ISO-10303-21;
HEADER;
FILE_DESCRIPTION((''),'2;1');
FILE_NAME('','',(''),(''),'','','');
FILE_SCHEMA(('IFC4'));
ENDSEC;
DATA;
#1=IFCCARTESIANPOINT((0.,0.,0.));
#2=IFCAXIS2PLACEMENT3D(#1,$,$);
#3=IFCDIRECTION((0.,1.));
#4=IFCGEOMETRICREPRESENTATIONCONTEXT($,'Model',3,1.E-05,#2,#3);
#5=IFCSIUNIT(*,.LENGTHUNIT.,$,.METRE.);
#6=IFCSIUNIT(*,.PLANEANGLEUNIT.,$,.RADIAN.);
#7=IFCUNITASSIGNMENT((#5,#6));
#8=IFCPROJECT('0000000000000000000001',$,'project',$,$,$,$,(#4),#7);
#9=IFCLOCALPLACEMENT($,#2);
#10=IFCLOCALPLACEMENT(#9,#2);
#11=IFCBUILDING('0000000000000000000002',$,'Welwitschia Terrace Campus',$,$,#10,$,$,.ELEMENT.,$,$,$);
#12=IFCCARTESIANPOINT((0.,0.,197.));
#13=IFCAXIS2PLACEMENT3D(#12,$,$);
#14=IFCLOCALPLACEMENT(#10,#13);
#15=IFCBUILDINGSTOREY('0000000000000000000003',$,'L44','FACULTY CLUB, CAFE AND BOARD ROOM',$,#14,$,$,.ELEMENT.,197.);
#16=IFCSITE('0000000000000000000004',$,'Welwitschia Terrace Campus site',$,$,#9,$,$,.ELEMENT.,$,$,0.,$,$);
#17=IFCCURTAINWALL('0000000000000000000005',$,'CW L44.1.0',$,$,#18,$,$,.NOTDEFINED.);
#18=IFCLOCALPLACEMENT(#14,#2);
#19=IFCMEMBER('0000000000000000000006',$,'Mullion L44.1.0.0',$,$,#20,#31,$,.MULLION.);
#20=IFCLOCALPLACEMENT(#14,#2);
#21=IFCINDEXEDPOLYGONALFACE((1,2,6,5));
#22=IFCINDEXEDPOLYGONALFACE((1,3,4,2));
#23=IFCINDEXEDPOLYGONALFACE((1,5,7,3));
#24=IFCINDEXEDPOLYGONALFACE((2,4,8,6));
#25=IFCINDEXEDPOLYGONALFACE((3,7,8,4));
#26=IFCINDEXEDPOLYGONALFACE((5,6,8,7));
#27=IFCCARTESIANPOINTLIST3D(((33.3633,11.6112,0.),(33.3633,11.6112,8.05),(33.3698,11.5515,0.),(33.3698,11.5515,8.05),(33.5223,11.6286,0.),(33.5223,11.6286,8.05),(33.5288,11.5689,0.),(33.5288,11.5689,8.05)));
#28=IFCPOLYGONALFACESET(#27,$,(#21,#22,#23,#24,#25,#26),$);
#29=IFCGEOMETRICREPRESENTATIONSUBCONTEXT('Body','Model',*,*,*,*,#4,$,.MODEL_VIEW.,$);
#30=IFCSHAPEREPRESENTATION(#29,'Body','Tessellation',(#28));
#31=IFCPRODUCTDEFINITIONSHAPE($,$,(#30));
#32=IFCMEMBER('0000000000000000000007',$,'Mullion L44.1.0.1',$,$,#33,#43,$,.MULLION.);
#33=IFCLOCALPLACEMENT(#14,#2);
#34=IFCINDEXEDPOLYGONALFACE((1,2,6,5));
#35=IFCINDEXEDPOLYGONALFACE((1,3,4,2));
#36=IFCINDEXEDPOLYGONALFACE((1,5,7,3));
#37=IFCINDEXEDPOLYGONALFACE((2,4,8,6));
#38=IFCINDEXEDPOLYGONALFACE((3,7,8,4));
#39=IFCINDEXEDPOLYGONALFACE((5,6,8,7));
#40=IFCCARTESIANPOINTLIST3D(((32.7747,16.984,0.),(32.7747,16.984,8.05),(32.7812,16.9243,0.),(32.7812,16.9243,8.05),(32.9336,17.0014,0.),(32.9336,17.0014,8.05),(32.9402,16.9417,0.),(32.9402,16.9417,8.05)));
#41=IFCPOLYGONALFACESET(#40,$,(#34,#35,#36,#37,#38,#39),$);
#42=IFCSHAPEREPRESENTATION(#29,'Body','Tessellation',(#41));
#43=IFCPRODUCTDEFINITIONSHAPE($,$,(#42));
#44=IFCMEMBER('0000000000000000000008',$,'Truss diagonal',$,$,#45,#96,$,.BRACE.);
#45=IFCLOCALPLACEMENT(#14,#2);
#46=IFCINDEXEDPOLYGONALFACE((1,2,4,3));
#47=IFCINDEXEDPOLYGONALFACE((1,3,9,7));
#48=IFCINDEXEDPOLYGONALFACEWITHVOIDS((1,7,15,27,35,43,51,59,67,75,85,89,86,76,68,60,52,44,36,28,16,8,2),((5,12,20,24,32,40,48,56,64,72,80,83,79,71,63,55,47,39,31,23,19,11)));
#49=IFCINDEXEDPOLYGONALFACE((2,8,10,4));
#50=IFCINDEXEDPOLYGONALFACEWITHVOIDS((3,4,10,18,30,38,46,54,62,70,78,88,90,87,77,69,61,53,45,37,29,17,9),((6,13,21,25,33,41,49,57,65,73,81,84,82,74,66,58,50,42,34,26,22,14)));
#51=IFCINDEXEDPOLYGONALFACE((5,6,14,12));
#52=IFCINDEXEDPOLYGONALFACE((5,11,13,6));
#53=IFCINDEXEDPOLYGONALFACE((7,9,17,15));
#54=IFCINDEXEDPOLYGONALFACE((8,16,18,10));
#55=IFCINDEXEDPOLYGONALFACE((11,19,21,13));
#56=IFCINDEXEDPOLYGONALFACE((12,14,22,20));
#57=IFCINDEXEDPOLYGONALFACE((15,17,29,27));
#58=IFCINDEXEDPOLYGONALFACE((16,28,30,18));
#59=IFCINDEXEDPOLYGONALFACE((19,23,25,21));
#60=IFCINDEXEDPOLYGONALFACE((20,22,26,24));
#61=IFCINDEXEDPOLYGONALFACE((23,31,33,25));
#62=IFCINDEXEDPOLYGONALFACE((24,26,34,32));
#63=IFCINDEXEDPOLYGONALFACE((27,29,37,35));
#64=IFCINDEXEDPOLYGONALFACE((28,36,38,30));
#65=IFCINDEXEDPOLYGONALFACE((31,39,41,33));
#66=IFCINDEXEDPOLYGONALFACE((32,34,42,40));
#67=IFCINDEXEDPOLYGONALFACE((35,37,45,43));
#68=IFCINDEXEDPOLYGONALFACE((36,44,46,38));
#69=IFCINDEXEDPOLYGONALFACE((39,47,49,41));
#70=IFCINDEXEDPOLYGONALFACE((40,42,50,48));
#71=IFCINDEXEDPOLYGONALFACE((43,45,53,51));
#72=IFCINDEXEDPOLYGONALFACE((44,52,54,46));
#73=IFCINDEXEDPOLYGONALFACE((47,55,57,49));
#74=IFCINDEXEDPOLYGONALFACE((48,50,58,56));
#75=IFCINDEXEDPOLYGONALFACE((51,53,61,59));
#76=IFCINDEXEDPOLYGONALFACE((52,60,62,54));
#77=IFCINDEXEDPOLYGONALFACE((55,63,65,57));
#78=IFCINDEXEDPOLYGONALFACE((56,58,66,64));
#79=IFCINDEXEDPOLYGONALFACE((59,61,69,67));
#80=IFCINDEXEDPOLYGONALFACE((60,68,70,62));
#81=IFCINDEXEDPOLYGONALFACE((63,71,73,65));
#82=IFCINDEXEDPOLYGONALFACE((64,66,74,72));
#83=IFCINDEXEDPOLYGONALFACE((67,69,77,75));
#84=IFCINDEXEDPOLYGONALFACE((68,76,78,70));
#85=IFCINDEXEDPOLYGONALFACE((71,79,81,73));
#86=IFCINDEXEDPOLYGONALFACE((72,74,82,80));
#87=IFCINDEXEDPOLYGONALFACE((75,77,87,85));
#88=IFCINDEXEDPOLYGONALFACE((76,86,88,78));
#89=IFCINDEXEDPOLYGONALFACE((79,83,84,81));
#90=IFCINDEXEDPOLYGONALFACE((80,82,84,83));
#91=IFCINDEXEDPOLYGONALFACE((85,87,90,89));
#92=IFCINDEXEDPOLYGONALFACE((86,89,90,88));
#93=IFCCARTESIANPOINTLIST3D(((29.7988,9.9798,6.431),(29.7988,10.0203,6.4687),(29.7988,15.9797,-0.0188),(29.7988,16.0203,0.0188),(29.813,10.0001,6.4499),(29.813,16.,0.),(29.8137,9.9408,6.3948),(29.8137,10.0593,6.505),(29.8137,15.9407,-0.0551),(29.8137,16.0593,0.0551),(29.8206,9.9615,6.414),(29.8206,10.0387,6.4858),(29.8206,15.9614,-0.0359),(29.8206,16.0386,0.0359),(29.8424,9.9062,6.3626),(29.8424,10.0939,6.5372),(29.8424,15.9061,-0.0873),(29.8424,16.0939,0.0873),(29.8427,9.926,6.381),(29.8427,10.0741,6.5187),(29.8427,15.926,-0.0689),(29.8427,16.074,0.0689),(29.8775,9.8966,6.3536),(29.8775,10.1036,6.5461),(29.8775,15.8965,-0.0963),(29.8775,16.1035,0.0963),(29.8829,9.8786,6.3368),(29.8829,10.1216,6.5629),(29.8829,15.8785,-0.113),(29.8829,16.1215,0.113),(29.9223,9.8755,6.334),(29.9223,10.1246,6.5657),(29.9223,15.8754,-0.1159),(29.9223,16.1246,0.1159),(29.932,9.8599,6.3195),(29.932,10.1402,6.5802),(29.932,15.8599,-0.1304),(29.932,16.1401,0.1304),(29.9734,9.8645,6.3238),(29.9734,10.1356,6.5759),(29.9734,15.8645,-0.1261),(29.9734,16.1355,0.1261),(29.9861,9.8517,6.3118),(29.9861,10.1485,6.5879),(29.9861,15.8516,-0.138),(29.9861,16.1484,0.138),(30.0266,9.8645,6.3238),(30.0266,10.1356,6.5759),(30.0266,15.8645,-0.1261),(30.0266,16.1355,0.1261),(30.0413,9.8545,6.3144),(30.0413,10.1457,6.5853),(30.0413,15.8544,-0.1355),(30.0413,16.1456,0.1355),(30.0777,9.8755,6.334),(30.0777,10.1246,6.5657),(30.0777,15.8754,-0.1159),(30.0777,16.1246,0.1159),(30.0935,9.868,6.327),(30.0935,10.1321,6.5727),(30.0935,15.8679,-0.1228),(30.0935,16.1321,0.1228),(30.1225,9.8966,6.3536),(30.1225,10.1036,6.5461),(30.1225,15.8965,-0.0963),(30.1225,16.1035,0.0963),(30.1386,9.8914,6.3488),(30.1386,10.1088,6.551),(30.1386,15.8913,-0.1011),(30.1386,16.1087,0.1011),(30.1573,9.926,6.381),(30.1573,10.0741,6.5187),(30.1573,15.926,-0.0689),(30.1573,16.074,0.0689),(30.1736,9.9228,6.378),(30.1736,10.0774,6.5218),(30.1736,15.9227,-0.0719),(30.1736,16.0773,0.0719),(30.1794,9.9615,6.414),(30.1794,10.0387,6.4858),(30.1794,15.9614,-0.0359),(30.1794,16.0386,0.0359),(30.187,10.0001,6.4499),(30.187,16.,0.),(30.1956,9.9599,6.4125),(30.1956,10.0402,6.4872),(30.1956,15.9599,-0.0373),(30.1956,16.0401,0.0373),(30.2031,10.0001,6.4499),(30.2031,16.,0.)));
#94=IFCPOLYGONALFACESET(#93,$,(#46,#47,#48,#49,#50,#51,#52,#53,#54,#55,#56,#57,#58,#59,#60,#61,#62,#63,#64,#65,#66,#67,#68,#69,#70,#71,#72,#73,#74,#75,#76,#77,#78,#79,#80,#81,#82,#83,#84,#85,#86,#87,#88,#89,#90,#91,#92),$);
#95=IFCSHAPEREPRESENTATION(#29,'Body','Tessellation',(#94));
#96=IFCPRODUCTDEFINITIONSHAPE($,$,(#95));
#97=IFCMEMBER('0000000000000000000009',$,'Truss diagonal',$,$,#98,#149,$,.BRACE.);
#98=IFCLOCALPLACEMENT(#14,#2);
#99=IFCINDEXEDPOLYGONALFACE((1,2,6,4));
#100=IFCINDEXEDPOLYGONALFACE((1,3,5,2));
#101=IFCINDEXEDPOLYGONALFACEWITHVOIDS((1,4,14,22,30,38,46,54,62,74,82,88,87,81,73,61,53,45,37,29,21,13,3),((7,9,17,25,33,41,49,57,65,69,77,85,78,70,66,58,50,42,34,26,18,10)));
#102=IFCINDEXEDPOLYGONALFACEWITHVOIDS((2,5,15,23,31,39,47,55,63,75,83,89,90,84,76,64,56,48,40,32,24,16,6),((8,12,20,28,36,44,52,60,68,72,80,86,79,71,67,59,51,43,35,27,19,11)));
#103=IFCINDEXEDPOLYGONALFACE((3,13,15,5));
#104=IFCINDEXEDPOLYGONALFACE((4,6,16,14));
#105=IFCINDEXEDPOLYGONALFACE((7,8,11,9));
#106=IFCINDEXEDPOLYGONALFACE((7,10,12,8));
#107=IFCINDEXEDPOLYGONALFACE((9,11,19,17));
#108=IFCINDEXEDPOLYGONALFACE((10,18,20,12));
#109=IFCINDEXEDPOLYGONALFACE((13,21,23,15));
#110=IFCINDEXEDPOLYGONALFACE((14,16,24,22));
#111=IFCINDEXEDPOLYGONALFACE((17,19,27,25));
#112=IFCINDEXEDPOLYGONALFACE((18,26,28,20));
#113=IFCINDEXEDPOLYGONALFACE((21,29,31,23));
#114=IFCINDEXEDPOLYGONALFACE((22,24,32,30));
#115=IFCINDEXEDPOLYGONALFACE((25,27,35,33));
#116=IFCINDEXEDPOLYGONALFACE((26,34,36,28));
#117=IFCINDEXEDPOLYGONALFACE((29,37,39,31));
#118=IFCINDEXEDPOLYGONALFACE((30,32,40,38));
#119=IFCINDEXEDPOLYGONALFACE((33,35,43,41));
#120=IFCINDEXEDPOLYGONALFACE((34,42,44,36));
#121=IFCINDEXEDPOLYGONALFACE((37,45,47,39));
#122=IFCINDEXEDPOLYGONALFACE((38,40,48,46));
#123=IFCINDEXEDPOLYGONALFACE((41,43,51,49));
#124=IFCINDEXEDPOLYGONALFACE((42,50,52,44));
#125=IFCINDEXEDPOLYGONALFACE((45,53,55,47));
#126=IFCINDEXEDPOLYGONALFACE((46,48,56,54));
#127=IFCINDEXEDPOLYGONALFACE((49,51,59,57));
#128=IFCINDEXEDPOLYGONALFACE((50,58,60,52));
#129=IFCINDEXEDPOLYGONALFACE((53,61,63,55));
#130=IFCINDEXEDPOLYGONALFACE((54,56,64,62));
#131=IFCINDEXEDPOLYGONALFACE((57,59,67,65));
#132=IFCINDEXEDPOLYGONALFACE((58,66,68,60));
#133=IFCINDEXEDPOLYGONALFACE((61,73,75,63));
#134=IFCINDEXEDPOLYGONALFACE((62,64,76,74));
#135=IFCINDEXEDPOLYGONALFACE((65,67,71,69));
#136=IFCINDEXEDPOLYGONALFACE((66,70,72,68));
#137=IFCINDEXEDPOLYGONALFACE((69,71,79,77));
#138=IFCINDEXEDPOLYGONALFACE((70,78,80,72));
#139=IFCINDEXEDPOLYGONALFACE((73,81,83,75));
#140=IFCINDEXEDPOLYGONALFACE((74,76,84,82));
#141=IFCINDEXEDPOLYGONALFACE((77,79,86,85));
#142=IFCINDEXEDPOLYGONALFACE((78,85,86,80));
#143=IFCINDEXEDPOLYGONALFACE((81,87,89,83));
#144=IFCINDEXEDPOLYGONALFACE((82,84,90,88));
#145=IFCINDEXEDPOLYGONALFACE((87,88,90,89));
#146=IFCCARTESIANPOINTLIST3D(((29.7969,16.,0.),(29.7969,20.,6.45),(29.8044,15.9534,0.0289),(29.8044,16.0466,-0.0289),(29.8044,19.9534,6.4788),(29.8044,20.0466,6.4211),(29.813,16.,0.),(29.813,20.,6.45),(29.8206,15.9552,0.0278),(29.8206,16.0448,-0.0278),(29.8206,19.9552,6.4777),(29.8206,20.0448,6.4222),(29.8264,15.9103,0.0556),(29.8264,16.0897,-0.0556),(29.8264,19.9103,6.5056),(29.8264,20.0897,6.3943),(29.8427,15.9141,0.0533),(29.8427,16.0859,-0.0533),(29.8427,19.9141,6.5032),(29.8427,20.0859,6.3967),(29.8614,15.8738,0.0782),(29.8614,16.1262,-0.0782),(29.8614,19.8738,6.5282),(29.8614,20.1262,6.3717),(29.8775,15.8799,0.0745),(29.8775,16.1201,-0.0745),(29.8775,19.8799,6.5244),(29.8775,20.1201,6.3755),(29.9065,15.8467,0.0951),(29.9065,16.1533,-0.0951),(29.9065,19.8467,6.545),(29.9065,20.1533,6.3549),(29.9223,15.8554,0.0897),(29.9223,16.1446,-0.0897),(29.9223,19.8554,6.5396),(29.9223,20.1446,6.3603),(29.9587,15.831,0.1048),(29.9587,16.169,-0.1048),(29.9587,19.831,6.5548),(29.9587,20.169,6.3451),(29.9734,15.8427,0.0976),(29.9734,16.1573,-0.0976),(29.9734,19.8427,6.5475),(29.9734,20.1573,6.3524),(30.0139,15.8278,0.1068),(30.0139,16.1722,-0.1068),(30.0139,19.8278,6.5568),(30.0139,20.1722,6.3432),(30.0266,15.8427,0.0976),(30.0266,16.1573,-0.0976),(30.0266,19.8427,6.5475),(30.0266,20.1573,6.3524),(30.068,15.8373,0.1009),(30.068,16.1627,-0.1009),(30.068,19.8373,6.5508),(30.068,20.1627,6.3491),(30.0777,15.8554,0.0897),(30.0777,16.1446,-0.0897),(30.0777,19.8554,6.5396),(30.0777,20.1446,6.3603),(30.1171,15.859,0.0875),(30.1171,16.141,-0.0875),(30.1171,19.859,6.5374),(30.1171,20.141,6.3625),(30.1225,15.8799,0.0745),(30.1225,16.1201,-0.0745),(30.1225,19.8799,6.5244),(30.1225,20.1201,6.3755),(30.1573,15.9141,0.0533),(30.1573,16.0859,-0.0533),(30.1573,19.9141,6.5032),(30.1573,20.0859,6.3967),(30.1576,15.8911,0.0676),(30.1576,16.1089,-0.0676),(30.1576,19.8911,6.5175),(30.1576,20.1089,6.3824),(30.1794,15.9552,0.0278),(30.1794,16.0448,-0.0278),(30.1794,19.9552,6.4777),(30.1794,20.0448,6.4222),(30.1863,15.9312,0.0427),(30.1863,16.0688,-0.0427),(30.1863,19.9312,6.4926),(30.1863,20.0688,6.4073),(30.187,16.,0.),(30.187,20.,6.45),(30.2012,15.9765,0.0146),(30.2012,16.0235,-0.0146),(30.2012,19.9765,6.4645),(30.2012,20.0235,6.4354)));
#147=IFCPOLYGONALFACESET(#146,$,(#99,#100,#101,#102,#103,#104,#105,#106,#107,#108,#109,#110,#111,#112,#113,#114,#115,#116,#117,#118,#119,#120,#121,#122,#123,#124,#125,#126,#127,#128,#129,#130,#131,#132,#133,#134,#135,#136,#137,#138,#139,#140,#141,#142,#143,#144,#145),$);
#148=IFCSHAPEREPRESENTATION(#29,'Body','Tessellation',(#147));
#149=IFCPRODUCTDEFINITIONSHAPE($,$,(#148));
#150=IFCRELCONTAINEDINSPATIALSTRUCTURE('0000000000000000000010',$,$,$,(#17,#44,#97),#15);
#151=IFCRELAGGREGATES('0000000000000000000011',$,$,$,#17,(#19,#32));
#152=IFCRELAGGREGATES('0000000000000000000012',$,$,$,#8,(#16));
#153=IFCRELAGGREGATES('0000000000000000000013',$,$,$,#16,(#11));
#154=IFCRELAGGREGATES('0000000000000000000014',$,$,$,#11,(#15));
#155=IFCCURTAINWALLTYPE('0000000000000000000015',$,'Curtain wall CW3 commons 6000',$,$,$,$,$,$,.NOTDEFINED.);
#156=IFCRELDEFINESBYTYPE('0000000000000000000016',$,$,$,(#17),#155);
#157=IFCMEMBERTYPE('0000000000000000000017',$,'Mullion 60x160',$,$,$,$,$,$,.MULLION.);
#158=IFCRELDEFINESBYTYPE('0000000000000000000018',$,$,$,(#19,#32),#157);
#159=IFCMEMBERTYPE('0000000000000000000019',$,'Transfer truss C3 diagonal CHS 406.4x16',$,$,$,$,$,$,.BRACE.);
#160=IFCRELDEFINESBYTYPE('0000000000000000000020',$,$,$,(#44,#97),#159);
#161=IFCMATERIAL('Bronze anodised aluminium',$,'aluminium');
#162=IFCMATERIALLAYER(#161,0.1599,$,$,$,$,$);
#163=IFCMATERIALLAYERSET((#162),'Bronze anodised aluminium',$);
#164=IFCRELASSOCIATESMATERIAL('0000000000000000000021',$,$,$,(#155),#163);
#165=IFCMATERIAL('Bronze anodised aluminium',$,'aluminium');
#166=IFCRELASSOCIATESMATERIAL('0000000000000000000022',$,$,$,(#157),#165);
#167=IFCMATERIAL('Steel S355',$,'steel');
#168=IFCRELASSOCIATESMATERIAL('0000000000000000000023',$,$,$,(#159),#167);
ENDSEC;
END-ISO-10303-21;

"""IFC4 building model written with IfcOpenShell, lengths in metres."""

from ifc_helpers import new_model, si_unit, direction, frame, origin, origin_2d, place, context, subcontext, project, spatial, rectangle, hollow_circle, extrude, material, layer, layer_set, material_profile, profile_set, type_object, element, aggregate, save


model = new_model("IFC4")

# Units and contexts
model_context = context("Model", 3, precision=1e-05, world=origin(), true_north=direction((0.0, 1.0)))
body_context = subcontext(model_context, "Body", "Model", "MODEL_VIEW")
ifc_project = project(units=[si_unit("LENGTHUNIT", "METRE"), si_unit("PLANEANGLEUNIT", "RADIAN")], contexts=[model_context])

# Site, building, storey
site_placement = place(None, origin())
site = spatial("IfcSite", under=ifc_project, at=site_placement, Name="Welwitschia Terrace Campus site", CompositionType="ELEMENT", RefElevation=0.0)
building_placement = place(site_placement, origin())
building = spatial("IfcBuilding", under=site, at=building_placement, Name="Welwitschia Terrace Campus", CompositionType="ELEMENT")
storey_placement = place(building_placement, frame((0.0, 0.0, 197.0)))
storey = spatial("IfcBuildingStorey", under=building, at=storey_placement, Name="L44", Description="FACULTY CLUB, CAFE AND BOARD ROOM", CompositionType="ELEMENT", Elevation=197.0)

# Curtain wall, members
ifc_material_1 = material(Name="Bronze anodised aluminium", Category="aluminium")
ifc_layer_1 = layer(ifc_material_1, 0.1599)
ifc_layer_set_1 = layer_set([ifc_layer_1], Name="Bronze anodised aluminium")
curtain_wall_type = type_object("IfcCurtainWallType", Name="Curtain wall CW3 commons 6000", PredefinedType="NOTDEFINED", material=ifc_layer_set_1)
curtain_wall_placement = place(storey_placement, origin())
curtain_wall = element("IfcCurtainWall", 1, at=curtain_wall_placement, inside=storey, type_object=curtain_wall_type, Name="CW L44.1.0", PredefinedType="NOTDEFINED")
ifc_material_2 = material(Name="Bronze anodised aluminium", Category="aluminium")
ifc_material_profile_1 = material_profile(ifc_material_2, rectangle(XDim=0.1599, YDim=0.0601, at=origin_2d()))
ifc_profile_set_1 = profile_set([ifc_material_profile_1], Name="Bronze anodised aluminium")
member_type_1 = type_object("IfcMemberType", Name="Mullion 60x160", PredefinedType="MULLION", material=ifc_profile_set_1)
member_1_placement = place(storey_placement, frame((33.446, 11.5901, 0.0), z_axis=(0.0, 0.0, 1.0), x_axis=(-0.994056, -0.108867, 0.0)))
member_1 = element("IfcMember", 2, at=member_1_placement, type_object=member_type_1, Name="Mullion L44.1.0.0", PredefinedType="MULLION", context=body_context, shape_type="SweptSolid", body=[
    extrude(rectangle(XDim=0.1599, YDim=0.0601, at=origin_2d()), origin(), (0.0, 0.0, 1.0), 8.05),
])
member_2_placement = place(storey_placement, frame((32.8574, 16.9629, 0.0), z_axis=(0.0, 0.0, 1.0), x_axis=(-0.994056, -0.108867, 0.0)))
member_2 = element("IfcMember", 3, at=member_2_placement, type_object=member_type_1, Name="Mullion L44.1.0.1", PredefinedType="MULLION", context=body_context, shape_type="SweptSolid", body=[
    extrude(rectangle(XDim=0.1599, YDim=0.0601, at=origin_2d()), origin(), (0.0, 0.0, 1.0), 8.05),
])

# Members
ifc_material_3 = material(Name="Steel S355", Category="steel")
ifc_material_profile_2 = material_profile(ifc_material_3, hollow_circle(Radius=0.2031, WallThickness=0.0161, at=origin_2d()))
ifc_profile_set_2 = profile_set([ifc_material_profile_2], Name="Steel S355")
member_type_2 = type_object("IfcMemberType", Name="Transfer truss C3 diagonal CHS 406.4x16", PredefinedType="BRACE", material=ifc_profile_set_2)
member_3_placement = place(storey_placement, frame((30.0, 16.0, 0.0), z_axis=(0.0, -0.681107, 0.732184), x_axis=(1.0, 0.0, 0.0)))
element("IfcMember", 4, at=member_3_placement, inside=storey, type_object=member_type_2, Name="Truss diagonal", PredefinedType="BRACE", context=body_context, shape_type="SweptSolid", body=[
    extrude(hollow_circle(Radius=0.2031, WallThickness=0.0161, at=origin_2d()), origin(), (0.0, 0.0, 1.0), 8.8091),
])
member_4_placement = place(storey_placement, frame((30.0, 16.0, 0.0), z_axis=(0.0, 0.527038, 0.849842), x_axis=(-1.0, 0.0, 0.0)))
element("IfcMember", 5, at=member_4_placement, inside=storey, type_object=member_type_2, Name="Truss diagonal", PredefinedType="BRACE", context=body_context, shape_type="SweptSolid", body=[
    extrude(hollow_circle(Radius=0.2031, WallThickness=0.0161, at=origin_2d()), origin(), (0.0, 0.0, 1.0), 7.5896),
])

aggregate(curtain_wall, [member_1, member_2])

save(model, "model.ifc")
